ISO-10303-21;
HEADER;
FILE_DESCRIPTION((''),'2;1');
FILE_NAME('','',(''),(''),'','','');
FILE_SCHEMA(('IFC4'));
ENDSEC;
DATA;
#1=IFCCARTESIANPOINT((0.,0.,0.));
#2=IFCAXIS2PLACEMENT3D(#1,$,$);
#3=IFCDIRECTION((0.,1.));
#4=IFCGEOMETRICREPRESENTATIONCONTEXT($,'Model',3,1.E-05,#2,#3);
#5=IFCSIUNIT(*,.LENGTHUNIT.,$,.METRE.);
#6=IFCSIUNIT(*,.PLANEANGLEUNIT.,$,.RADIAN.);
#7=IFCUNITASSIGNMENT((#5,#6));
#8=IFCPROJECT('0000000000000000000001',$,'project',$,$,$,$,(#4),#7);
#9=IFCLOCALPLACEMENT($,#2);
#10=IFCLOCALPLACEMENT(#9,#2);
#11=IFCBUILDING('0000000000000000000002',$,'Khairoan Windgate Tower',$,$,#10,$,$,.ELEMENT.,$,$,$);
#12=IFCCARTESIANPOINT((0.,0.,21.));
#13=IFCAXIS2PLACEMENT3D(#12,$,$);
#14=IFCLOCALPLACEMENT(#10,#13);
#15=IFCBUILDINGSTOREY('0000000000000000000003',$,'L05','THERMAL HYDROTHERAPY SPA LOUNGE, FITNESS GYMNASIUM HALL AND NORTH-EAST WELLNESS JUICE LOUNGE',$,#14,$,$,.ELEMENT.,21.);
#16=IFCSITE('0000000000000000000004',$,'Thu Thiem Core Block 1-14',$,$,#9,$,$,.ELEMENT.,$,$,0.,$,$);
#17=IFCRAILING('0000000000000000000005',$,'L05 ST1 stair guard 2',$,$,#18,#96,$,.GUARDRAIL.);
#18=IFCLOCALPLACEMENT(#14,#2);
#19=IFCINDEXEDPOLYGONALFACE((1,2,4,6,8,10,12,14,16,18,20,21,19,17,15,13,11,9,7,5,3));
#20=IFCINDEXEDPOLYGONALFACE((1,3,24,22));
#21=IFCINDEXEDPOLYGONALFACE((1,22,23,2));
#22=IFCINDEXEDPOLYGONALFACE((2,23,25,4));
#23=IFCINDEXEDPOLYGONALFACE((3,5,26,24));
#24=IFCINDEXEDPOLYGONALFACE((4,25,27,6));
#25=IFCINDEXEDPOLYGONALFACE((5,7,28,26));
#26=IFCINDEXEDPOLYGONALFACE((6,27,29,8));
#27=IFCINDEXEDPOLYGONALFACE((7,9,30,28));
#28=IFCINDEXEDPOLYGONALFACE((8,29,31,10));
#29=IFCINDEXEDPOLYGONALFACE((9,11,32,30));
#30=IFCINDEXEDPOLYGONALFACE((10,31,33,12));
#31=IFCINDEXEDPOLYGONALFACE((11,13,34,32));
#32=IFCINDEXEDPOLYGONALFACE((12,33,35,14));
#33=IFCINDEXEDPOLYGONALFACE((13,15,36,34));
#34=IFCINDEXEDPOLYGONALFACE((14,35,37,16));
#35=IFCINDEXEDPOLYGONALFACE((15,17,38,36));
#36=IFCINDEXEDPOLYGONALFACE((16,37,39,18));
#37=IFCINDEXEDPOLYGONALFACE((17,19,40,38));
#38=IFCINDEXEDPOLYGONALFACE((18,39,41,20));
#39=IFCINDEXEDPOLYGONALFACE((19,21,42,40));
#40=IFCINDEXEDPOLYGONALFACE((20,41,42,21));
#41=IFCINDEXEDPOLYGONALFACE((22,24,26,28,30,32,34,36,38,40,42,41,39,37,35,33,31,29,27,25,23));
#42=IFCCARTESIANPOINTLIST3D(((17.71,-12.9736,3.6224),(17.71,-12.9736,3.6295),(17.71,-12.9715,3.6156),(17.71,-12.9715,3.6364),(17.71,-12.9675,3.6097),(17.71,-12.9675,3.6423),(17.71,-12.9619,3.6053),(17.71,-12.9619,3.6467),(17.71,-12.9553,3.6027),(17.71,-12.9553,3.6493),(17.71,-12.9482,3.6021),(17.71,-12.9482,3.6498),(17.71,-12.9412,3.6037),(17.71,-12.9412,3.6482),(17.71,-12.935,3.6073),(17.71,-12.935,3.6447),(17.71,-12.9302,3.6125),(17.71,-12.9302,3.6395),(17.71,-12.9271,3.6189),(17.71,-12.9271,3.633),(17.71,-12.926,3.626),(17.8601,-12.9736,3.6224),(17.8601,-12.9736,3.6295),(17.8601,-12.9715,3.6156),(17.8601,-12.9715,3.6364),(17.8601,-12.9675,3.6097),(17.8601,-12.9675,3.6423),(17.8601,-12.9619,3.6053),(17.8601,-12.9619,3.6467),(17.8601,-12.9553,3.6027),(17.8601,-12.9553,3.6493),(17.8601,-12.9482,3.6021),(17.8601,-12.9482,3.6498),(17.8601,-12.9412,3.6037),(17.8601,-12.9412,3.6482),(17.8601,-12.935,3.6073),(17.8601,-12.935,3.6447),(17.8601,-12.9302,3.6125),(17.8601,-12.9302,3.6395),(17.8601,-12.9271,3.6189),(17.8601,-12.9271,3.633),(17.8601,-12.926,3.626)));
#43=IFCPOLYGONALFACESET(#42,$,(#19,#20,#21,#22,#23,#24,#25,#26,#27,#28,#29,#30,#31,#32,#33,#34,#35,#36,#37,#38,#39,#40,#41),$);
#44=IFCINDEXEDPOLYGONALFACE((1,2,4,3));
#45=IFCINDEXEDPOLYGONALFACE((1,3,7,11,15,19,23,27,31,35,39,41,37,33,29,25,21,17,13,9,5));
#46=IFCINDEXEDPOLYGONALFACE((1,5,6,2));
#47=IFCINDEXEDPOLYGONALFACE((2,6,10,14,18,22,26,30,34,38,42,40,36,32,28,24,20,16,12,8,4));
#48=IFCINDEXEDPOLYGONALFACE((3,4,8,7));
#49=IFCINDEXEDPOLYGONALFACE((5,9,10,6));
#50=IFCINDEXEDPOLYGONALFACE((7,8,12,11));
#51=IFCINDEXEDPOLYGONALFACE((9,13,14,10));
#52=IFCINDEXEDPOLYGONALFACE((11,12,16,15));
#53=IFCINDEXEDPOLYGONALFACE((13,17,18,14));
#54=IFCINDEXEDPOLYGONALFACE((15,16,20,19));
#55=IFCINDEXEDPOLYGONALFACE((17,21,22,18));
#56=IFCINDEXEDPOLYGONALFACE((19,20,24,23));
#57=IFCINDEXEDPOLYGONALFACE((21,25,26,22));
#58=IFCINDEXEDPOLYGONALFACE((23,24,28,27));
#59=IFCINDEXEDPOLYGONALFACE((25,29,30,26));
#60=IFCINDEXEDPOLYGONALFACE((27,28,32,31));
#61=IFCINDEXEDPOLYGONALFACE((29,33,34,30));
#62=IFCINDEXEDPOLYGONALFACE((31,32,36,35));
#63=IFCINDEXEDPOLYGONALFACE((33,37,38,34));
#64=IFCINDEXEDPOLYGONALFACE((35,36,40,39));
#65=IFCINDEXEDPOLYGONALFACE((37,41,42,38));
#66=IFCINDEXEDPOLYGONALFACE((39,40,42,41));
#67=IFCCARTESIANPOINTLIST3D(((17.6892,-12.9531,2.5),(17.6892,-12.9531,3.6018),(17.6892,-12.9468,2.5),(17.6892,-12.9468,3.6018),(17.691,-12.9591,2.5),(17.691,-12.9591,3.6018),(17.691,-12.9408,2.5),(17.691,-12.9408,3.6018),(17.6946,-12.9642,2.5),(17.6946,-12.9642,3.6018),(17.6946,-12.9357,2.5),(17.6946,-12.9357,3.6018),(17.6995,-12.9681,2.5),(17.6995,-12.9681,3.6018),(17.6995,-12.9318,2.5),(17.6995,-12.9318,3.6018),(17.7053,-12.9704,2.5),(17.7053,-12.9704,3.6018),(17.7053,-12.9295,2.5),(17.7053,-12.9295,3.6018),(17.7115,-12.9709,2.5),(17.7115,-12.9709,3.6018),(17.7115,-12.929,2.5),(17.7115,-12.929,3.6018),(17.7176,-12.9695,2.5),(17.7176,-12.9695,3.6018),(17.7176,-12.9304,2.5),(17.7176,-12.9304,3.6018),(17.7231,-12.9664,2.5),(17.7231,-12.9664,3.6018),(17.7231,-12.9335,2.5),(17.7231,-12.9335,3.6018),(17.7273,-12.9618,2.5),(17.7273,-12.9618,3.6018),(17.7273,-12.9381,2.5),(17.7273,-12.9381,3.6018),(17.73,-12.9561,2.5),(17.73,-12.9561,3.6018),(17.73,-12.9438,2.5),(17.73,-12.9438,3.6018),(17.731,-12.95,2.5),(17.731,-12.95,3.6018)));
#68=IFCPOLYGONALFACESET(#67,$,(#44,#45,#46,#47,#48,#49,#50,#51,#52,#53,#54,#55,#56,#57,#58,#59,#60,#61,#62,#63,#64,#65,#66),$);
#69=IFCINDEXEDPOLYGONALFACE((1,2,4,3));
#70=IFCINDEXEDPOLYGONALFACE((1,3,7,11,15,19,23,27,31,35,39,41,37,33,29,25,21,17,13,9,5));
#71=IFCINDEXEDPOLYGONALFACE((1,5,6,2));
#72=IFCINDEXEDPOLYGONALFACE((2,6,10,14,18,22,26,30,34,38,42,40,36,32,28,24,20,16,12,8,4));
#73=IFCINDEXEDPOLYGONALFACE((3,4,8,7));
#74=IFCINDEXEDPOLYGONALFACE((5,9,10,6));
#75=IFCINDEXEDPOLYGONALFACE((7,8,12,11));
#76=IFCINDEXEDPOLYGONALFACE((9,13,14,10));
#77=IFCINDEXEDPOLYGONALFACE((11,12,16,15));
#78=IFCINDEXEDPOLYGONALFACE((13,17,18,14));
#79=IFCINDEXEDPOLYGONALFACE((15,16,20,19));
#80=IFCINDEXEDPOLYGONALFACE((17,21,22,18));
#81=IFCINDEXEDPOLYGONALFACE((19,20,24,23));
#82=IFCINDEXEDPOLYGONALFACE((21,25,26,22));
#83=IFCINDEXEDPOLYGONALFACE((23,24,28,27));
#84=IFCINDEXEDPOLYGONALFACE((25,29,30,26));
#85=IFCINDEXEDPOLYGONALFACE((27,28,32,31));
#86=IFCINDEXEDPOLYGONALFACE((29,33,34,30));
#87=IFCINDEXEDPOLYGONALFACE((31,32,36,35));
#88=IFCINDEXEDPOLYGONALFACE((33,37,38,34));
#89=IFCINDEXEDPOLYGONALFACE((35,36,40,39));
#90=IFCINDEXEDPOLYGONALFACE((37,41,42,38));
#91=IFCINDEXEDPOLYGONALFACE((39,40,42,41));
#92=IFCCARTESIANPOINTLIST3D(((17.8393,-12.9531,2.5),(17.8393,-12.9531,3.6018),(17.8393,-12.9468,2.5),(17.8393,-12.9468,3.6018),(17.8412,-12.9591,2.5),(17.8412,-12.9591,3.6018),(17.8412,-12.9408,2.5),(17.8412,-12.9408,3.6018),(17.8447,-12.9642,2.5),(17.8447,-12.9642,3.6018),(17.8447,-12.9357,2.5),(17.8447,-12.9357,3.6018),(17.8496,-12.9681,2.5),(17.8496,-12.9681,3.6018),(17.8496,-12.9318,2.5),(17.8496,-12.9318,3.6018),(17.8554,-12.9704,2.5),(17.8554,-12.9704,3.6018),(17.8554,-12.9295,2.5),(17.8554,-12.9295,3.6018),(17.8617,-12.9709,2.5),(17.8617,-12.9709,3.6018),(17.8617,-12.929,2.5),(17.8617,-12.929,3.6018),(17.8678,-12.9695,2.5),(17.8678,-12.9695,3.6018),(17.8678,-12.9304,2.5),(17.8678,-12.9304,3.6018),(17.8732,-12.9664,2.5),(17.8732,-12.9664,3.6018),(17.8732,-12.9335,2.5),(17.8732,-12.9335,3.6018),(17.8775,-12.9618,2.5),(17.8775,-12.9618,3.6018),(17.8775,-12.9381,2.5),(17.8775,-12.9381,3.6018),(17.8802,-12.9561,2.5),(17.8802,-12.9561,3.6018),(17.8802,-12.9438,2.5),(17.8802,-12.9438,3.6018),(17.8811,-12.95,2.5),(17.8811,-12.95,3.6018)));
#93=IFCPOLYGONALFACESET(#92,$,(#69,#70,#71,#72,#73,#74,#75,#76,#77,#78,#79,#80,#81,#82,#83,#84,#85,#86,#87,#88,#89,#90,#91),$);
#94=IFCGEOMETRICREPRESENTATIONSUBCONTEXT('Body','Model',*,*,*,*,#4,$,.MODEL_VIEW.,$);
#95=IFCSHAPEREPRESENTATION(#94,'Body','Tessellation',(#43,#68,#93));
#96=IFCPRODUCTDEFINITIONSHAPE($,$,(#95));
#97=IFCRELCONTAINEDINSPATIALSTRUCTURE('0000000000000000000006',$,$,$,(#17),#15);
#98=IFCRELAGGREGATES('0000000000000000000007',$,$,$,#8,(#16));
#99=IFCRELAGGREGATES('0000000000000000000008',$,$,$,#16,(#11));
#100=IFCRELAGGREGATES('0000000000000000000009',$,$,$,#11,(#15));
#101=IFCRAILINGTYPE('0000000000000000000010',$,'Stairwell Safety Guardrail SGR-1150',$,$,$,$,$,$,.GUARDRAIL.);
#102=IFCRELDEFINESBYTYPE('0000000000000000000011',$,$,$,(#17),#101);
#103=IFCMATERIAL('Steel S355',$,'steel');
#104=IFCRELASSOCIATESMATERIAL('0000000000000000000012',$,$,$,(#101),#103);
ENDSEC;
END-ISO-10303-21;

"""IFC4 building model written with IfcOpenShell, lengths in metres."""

from ifc_helpers import new_model, si_unit, direction, frame, origin, origin_2d, place, context, subcontext, project, spatial, circle, extrude, material, type_object, element, save


model = new_model("IFC4")

# Units and contexts
model_context = context("Model", 3, precision=1e-05, world=origin(), true_north=direction((0.0, 1.0)))
body_context = subcontext(model_context, "Body", "Model", "MODEL_VIEW")
ifc_project = project(units=[si_unit("LENGTHUNIT", "METRE"), si_unit("PLANEANGLEUNIT", "RADIAN")], contexts=[model_context])

# Site, building, storey
site_placement = place(None, origin())
site = spatial("IfcSite", under=ifc_project, at=site_placement, Name="Thu Thiem Core Block 1-14", CompositionType="ELEMENT", RefElevation=0.0)
building_placement = place(site_placement, origin())
building = spatial("IfcBuilding", under=site, at=building_placement, Name="Khairoan Windgate Tower", CompositionType="ELEMENT")
storey_placement = place(building_placement, frame((0.0, 0.0, 21.0)))
storey = spatial("IfcBuildingStorey", under=building, at=storey_placement, Name="L05", Description="THERMAL HYDROTHERAPY SPA LOUNGE, FITNESS GYMNASIUM HALL AND NORTH-EAST WELLNESS JUICE LOUNGE", CompositionType="ELEMENT", Elevation=21.0)

# Railing
ifc_material_1 = material(Name="Steel S355", Category="steel")
railing_type_1 = type_object("IfcRailingType", Name="Stairwell Safety Guardrail SGR-1150", PredefinedType="GUARDRAIL", material=ifc_material_1)
railing_1_placement = place(storey_placement, frame((17.71, -12.95, 2.5)))
element("IfcRailing", 1, at=railing_1_placement, inside=storey, type_object=railing_type_1, Name="L05 ST1 stair guard 2", PredefinedType="GUARDRAIL", context=body_context, shape_type="SweptSolid", body=[
    extrude(circle(Radius=0.0239, at=origin_2d()), frame((0.0, 0.0, 1.126), z_axis=(1.0, 0.0, 0.0), x_axis=(0.0, 1.0, 0.0)), (0.0, 0.0, 1.0), 0.1501),
    extrude(circle(Radius=0.021, at=origin_2d()), origin(), (0.0, 0.0, 1.0), 1.1018),
    extrude(circle(Radius=0.021, at=origin_2d()), frame((0.1501, 0.0, 0.0)), (0.0, 0.0, 1.0), 1.1018),
])

save(model, "model.ifc")
